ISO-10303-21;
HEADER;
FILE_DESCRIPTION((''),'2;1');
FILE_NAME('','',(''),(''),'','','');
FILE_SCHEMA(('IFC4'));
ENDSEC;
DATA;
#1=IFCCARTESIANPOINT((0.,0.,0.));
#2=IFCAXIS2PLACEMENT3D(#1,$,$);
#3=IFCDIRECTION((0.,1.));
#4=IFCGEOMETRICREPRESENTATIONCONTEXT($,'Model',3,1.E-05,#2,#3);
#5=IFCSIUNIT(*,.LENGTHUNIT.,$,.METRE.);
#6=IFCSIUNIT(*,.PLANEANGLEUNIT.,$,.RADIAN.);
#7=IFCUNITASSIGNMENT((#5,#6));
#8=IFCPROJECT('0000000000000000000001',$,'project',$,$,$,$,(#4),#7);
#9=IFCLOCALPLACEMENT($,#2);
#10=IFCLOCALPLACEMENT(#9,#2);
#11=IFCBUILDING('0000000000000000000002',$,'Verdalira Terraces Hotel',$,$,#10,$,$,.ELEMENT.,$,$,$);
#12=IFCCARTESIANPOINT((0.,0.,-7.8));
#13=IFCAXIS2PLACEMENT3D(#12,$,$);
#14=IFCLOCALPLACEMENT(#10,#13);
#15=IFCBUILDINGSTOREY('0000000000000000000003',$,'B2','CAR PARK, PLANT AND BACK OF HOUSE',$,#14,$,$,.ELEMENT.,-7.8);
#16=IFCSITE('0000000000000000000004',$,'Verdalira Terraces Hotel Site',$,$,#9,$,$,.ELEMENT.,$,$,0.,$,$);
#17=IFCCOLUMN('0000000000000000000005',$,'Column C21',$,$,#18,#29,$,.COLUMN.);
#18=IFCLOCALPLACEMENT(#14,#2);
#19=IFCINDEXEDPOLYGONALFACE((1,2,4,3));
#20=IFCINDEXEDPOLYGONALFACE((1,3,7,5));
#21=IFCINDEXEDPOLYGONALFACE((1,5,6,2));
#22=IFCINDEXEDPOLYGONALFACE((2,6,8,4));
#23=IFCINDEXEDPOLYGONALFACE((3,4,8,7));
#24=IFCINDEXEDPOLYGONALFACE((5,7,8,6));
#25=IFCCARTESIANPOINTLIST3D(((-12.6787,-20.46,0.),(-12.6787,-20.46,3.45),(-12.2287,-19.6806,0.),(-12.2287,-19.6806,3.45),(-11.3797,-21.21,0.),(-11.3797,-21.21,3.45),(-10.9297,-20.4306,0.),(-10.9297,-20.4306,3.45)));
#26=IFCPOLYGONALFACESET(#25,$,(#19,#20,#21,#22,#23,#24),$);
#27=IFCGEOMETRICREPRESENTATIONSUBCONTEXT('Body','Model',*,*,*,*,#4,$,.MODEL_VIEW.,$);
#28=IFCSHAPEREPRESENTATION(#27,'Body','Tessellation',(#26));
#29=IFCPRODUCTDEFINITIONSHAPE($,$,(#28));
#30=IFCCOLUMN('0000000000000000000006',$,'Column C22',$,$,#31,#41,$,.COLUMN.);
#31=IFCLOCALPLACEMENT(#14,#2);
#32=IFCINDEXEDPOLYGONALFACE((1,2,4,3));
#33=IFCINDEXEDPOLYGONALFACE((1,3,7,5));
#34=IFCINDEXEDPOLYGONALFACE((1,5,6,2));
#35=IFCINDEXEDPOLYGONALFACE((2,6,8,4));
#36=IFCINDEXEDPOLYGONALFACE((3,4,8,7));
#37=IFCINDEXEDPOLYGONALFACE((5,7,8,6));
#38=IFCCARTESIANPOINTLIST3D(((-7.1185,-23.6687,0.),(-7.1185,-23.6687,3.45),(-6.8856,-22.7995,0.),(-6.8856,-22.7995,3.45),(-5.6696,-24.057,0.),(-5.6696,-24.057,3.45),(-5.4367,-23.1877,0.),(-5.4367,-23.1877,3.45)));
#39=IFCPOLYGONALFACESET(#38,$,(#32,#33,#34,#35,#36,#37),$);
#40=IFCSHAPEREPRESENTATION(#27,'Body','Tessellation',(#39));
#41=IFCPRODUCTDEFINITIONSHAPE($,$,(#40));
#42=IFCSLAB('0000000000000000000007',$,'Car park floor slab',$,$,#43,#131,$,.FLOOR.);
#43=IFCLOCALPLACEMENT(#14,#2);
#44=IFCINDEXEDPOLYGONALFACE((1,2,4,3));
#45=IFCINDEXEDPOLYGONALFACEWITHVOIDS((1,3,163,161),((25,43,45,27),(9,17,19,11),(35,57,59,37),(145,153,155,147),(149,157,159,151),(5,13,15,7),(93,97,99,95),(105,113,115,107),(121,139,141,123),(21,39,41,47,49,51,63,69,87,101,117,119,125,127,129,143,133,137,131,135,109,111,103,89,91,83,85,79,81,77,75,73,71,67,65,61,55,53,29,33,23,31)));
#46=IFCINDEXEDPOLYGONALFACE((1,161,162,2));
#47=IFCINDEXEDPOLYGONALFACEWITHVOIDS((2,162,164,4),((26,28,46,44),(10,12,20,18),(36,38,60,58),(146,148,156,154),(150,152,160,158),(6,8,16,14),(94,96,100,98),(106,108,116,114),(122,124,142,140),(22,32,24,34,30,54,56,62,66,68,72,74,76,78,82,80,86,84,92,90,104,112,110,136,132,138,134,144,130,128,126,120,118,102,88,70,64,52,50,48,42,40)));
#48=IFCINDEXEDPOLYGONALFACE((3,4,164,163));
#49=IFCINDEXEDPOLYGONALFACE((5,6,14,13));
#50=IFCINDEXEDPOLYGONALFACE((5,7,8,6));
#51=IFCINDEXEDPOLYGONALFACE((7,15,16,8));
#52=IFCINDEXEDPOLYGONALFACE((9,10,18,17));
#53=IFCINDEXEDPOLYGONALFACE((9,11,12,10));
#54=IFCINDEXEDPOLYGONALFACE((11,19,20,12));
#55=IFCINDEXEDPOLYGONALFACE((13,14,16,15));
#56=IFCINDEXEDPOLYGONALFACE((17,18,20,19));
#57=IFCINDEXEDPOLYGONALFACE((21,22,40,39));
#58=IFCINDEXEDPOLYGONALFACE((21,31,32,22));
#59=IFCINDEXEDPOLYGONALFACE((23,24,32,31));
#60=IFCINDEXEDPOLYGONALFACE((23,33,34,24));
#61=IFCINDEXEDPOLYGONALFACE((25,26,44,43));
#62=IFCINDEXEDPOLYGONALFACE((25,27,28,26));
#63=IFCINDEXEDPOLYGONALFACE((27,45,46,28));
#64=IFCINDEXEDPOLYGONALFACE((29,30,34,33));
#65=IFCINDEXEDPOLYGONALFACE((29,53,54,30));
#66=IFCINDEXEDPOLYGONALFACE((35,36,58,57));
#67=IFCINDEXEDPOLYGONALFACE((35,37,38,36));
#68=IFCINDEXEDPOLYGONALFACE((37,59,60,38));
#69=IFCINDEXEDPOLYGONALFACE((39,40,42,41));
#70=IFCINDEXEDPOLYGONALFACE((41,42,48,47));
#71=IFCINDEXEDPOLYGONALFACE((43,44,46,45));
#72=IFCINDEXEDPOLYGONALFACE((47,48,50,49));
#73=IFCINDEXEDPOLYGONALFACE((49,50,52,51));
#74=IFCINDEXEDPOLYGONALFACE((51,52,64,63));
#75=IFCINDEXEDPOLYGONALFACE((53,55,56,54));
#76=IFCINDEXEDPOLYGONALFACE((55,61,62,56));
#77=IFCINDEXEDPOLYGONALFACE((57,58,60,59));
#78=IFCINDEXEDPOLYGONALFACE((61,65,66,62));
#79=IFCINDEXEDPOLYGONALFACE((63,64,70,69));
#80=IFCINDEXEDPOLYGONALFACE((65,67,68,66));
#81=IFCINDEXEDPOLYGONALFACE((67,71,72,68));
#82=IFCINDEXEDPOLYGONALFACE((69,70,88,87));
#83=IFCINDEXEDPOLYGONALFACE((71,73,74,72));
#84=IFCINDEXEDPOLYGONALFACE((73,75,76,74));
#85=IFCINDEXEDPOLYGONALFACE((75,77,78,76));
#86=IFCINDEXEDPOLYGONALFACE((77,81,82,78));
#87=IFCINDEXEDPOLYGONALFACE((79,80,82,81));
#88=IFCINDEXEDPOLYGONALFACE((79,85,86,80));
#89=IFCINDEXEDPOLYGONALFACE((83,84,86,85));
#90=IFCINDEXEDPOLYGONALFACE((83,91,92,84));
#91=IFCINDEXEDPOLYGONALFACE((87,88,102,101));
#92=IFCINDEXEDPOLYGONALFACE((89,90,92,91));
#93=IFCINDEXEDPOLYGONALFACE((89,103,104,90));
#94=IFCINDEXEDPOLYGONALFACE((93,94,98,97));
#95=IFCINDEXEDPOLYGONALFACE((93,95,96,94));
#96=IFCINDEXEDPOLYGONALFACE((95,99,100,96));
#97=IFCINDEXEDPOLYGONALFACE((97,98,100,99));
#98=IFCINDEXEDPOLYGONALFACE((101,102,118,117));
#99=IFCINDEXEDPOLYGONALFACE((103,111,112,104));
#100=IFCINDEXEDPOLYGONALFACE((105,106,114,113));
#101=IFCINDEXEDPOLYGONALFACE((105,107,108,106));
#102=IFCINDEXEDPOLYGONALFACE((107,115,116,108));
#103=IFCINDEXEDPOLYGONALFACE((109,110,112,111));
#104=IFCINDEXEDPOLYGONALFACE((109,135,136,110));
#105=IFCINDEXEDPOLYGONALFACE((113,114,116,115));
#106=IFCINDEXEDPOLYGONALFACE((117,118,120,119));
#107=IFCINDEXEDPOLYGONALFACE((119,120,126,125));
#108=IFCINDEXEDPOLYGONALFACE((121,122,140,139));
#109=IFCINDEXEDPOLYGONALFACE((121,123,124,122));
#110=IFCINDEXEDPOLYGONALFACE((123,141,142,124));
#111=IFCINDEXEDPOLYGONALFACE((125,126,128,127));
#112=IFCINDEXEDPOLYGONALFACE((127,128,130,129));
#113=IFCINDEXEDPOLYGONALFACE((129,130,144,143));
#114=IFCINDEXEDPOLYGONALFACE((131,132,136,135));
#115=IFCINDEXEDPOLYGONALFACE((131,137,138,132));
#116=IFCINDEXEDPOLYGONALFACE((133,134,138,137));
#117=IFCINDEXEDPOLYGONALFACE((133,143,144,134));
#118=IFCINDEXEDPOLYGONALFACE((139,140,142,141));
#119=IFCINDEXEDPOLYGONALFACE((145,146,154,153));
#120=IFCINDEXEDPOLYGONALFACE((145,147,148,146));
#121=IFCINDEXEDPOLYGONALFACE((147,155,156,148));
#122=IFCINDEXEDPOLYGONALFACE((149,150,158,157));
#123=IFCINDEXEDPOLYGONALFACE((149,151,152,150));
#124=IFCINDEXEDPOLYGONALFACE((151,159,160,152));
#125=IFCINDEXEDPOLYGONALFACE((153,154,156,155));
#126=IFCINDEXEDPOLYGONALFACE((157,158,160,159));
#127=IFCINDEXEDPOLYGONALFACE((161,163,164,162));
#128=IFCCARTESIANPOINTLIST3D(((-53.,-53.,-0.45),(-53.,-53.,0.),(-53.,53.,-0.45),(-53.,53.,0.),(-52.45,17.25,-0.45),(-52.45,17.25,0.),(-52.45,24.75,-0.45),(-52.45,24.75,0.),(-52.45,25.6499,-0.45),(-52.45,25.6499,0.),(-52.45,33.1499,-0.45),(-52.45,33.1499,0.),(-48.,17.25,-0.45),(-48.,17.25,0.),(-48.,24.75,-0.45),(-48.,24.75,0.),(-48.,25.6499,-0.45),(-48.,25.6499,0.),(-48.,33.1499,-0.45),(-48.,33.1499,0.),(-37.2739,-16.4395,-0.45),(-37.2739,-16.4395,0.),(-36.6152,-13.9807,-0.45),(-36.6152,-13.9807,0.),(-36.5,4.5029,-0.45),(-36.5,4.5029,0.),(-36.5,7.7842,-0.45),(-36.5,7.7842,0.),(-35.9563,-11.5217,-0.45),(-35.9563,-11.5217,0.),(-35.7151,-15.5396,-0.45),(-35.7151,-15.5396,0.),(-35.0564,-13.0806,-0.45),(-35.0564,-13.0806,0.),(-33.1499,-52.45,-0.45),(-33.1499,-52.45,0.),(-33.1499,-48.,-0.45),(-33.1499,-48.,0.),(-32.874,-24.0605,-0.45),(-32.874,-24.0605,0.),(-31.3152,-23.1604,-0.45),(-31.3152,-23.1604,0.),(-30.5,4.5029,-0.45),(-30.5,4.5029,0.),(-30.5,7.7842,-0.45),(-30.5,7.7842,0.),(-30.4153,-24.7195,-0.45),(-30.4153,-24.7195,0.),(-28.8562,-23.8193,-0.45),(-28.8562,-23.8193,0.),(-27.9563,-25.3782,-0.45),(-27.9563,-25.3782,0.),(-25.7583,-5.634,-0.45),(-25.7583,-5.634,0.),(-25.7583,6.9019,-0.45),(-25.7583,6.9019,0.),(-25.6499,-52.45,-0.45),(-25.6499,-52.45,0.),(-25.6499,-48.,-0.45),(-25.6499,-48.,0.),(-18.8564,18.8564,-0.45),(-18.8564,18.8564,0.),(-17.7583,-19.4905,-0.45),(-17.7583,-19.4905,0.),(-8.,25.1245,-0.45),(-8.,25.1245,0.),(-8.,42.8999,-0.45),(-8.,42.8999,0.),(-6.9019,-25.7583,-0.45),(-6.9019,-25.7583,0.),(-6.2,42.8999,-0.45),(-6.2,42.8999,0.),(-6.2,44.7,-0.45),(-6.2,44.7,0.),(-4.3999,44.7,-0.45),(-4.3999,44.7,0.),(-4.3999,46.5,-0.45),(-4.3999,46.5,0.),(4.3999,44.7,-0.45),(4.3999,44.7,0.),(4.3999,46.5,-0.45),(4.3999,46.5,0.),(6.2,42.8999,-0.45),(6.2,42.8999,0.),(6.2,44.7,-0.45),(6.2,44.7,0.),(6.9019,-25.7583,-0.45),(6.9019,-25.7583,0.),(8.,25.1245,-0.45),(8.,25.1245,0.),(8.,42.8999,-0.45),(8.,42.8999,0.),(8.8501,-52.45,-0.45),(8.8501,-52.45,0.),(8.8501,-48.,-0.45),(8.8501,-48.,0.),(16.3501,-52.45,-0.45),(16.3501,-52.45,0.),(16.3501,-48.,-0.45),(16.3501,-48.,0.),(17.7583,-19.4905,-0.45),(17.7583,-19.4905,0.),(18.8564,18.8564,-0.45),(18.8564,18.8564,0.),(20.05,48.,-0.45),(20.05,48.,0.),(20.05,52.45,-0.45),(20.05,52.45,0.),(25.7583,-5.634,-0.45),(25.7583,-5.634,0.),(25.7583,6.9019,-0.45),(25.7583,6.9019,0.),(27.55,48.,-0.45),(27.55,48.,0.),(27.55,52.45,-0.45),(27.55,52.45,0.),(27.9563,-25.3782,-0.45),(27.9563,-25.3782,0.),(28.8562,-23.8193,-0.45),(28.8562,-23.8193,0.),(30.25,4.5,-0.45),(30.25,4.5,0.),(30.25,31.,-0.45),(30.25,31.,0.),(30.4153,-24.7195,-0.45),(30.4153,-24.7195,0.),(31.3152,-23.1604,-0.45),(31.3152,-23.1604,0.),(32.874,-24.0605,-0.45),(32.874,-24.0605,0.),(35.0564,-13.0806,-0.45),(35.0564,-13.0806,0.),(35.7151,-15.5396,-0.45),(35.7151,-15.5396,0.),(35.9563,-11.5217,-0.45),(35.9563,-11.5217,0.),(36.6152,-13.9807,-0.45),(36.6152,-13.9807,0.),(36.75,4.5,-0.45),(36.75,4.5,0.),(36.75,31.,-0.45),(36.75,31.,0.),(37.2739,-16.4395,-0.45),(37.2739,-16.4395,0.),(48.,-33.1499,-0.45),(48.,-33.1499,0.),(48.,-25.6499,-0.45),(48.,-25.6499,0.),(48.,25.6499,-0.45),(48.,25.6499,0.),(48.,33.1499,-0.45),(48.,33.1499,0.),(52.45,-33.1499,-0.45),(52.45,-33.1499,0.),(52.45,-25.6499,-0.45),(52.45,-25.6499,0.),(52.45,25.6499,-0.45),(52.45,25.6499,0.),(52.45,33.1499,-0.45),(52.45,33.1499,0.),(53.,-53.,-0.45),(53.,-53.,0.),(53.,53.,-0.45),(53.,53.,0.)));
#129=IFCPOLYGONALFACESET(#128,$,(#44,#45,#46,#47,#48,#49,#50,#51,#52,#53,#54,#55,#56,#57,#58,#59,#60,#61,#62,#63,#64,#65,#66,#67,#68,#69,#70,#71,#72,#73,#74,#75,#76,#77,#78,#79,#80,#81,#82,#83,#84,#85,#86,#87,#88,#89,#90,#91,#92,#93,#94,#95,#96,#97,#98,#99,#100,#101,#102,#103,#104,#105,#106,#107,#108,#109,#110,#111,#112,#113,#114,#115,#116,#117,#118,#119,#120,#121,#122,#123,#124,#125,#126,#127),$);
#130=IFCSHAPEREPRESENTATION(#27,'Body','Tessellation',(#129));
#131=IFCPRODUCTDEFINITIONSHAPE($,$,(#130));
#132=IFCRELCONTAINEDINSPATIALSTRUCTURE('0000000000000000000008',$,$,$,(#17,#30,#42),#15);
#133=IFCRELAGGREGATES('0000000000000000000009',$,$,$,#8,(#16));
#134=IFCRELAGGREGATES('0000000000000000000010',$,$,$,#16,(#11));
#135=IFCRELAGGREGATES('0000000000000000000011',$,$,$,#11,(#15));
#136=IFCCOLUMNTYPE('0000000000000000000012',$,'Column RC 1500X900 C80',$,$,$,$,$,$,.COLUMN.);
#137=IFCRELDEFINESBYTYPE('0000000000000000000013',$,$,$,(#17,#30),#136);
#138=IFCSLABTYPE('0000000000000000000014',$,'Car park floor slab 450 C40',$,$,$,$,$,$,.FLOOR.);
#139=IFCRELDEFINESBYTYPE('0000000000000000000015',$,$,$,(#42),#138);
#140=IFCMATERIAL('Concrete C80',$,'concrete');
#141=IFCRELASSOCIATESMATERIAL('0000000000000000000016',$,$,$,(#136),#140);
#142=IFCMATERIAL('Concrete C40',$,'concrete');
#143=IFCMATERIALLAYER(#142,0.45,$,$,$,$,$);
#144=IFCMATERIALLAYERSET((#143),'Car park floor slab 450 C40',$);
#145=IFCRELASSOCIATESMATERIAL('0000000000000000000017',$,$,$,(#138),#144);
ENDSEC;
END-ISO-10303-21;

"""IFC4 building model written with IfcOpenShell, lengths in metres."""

from ifc_helpers import new_model, si_unit, direction, frame, origin, origin_2d, place, context, subcontext, project, spatial, polyline, rectangle, outline, extrude, material, layer, layer_set, material_profile, profile_set, type_object, element, save


model = new_model("IFC4")

# Units and contexts
model_context = context("Model", 3, precision=1e-05, world=origin(), true_north=direction((0.0, 1.0)))
body_context = subcontext(model_context, "Body", "Model", "MODEL_VIEW")
ifc_project = project(units=[si_unit("LENGTHUNIT", "METRE"), si_unit("PLANEANGLEUNIT", "RADIAN")], contexts=[model_context])

# Site, building, storey
site_placement = place(None, origin())
site = spatial("IfcSite", under=ifc_project, at=site_placement, Name="Verdalira Terraces Hotel Site", CompositionType="ELEMENT", RefElevation=0.0)
building_placement = place(site_placement, origin())
building = spatial("IfcBuilding", under=site, at=building_placement, Name="Verdalira Terraces Hotel", CompositionType="ELEMENT")
storey_placement = place(building_placement, frame((0.0, 0.0, -7.8)))
storey = spatial("IfcBuildingStorey", under=building, at=storey_placement, Name="B2", Description="CAR PARK, PLANT AND BACK OF HOUSE", CompositionType="ELEMENT", Elevation=-7.8)

# Columns
ifc_material_1 = material(Name="Concrete C80", Category="concrete")
ifc_material_profile = material_profile(ifc_material_1, rectangle(XDim=1.5, YDim=0.8999, at=origin_2d()), Name="RC 1500X900")
ifc_profile_set = profile_set([ifc_material_profile], Name="Concrete C80")
column_type = type_object("IfcColumnType", Name="Column RC 1500X900 C80", PredefinedType="COLUMN", material=ifc_profile_set)
for number, where, z_axis, x_axis, name in (
    (1, (-11.8042, -20.4453, 0.0), (0.0, 0.0, 1.0), (0.866025, -0.5, 0.0), "Column C21"),
    (2, (-6.2776, -23.4282, 0.0), (0.0, 0.0, 1.0), (-0.965926, 0.258819, 0.0), "Column C22"),
):
    element("IfcColumn", number, at=place(storey_placement, frame(where, z_axis=z_axis, x_axis=x_axis)), inside=storey, type_object=column_type, Name=name, PredefinedType="COLUMN", context=body_context, shape_type="SweptSolid", body=[
        extrude(rectangle(XDim=1.5, YDim=0.8999, at=origin_2d()), origin(), (0.0, 0.0, 1.0), 3.45),
    ])

# Slab
ifc_material_2 = material(Name="Concrete C40", Category="concrete")
ifc_layer_1 = layer(ifc_material_2, 0.45)
ifc_layer_set_1 = layer_set([ifc_layer_1], Name="Car park floor slab 450 C40")
slab_type_1 = type_object("IfcSlabType", Name="Car park floor slab 450 C40", PredefinedType="FLOOR", material=ifc_layer_set_1)
slab_1_placement = place(storey_placement, frame((0.0, 0.0, -0.45)))
element("IfcSlab", 3, at=slab_1_placement, inside=storey, type_object=slab_type_1, Name="Car park floor slab", PredefinedType="FLOOR", context=body_context, shape_type="SweptSolid", body=[
    extrude(outline(polyline([(-53.0, -53.0), (53.0, -53.0), (53.0, 53.0), (-53.0, 53.0), (-53.0, -53.0)]), holes=[polyline([(52.45, -33.1499), (48.0, -33.1499), (48.0, -25.6499), (52.45, -25.6499), (52.45, -33.1499)]), polyline([(52.45, 33.1499), (52.45, 25.6499), (48.0, 25.6499), (48.0, 33.1499), (52.45, 33.1499)]), polyline([(-8.0, 42.8999), (-6.2, 42.8999), (-6.2, 44.7), (-4.3999, 44.7), (-4.3999, 46.5), (4.3999, 46.5), (4.3999, 44.7), (6.2, 44.7), (6.2, 42.8999), (8.0, 42.8999), (8.0, 25.1245), (18.8564, 18.8564), (25.7583, 6.9019), (25.7583, -5.634), (35.9563, -11.5217), (35.0564, -13.0806), (36.6152, -13.9807), (35.7151, -15.5396), (37.2739, -16.4395), (32.874, -24.0605), (31.3152, -23.1604), (30.4153, -24.7195), (28.8562, -23.8193), (27.9563, -25.3782), (17.7583, -19.4905), (6.9019, -25.7583), (-6.9019, -25.7583), (-17.7583, -19.4905), (-27.9563, -25.3782), (-28.8562, -23.8193), (-30.4153, -24.7195), (-31.3152, -23.1604), (-32.874, -24.0605), (-37.2739, -16.4395), (-35.7151, -15.5396), (-36.6152, -13.9807), (-35.0564, -13.0806), (-35.9563, -11.5217), (-25.7583, -5.634), (-25.7583, 6.9019), (-18.8564, 18.8564), (-8.0, 25.1245), (-8.0, 42.8999)]), polyline([(30.25, 4.5), (30.25, 31.0), (36.75, 31.0), (36.75, 4.5), (30.25, 4.5)]), polyline([(20.05, 48.0), (20.05, 52.45), (27.55, 52.45), (27.55, 48.0), (20.05, 48.0)]), polyline([(16.3501, -52.45), (8.8501, -52.45), (8.8501, -48.0), (16.3501, -48.0), (16.3501, -52.45)]), polyline([(-25.6499, -48.0), (-25.6499, -52.45), (-33.1499, -52.45), (-33.1499, -48.0), (-25.6499, -48.0)]), polyline([(-30.5, 4.5029), (-36.5, 4.5029), (-36.5, 7.7842), (-30.5, 7.7842), (-30.5, 4.5029)]), polyline([(-52.45, 17.25), (-52.45, 24.75), (-48.0, 24.75), (-48.0, 17.25), (-52.45, 17.25)]), polyline([(-52.45, 33.1499), (-48.0, 33.1499), (-48.0, 25.6499), (-52.45, 25.6499), (-52.45, 33.1499)])]), origin(), (0.0, 0.0, 1.0), 0.45),
])

save(model, "model.ifc")
